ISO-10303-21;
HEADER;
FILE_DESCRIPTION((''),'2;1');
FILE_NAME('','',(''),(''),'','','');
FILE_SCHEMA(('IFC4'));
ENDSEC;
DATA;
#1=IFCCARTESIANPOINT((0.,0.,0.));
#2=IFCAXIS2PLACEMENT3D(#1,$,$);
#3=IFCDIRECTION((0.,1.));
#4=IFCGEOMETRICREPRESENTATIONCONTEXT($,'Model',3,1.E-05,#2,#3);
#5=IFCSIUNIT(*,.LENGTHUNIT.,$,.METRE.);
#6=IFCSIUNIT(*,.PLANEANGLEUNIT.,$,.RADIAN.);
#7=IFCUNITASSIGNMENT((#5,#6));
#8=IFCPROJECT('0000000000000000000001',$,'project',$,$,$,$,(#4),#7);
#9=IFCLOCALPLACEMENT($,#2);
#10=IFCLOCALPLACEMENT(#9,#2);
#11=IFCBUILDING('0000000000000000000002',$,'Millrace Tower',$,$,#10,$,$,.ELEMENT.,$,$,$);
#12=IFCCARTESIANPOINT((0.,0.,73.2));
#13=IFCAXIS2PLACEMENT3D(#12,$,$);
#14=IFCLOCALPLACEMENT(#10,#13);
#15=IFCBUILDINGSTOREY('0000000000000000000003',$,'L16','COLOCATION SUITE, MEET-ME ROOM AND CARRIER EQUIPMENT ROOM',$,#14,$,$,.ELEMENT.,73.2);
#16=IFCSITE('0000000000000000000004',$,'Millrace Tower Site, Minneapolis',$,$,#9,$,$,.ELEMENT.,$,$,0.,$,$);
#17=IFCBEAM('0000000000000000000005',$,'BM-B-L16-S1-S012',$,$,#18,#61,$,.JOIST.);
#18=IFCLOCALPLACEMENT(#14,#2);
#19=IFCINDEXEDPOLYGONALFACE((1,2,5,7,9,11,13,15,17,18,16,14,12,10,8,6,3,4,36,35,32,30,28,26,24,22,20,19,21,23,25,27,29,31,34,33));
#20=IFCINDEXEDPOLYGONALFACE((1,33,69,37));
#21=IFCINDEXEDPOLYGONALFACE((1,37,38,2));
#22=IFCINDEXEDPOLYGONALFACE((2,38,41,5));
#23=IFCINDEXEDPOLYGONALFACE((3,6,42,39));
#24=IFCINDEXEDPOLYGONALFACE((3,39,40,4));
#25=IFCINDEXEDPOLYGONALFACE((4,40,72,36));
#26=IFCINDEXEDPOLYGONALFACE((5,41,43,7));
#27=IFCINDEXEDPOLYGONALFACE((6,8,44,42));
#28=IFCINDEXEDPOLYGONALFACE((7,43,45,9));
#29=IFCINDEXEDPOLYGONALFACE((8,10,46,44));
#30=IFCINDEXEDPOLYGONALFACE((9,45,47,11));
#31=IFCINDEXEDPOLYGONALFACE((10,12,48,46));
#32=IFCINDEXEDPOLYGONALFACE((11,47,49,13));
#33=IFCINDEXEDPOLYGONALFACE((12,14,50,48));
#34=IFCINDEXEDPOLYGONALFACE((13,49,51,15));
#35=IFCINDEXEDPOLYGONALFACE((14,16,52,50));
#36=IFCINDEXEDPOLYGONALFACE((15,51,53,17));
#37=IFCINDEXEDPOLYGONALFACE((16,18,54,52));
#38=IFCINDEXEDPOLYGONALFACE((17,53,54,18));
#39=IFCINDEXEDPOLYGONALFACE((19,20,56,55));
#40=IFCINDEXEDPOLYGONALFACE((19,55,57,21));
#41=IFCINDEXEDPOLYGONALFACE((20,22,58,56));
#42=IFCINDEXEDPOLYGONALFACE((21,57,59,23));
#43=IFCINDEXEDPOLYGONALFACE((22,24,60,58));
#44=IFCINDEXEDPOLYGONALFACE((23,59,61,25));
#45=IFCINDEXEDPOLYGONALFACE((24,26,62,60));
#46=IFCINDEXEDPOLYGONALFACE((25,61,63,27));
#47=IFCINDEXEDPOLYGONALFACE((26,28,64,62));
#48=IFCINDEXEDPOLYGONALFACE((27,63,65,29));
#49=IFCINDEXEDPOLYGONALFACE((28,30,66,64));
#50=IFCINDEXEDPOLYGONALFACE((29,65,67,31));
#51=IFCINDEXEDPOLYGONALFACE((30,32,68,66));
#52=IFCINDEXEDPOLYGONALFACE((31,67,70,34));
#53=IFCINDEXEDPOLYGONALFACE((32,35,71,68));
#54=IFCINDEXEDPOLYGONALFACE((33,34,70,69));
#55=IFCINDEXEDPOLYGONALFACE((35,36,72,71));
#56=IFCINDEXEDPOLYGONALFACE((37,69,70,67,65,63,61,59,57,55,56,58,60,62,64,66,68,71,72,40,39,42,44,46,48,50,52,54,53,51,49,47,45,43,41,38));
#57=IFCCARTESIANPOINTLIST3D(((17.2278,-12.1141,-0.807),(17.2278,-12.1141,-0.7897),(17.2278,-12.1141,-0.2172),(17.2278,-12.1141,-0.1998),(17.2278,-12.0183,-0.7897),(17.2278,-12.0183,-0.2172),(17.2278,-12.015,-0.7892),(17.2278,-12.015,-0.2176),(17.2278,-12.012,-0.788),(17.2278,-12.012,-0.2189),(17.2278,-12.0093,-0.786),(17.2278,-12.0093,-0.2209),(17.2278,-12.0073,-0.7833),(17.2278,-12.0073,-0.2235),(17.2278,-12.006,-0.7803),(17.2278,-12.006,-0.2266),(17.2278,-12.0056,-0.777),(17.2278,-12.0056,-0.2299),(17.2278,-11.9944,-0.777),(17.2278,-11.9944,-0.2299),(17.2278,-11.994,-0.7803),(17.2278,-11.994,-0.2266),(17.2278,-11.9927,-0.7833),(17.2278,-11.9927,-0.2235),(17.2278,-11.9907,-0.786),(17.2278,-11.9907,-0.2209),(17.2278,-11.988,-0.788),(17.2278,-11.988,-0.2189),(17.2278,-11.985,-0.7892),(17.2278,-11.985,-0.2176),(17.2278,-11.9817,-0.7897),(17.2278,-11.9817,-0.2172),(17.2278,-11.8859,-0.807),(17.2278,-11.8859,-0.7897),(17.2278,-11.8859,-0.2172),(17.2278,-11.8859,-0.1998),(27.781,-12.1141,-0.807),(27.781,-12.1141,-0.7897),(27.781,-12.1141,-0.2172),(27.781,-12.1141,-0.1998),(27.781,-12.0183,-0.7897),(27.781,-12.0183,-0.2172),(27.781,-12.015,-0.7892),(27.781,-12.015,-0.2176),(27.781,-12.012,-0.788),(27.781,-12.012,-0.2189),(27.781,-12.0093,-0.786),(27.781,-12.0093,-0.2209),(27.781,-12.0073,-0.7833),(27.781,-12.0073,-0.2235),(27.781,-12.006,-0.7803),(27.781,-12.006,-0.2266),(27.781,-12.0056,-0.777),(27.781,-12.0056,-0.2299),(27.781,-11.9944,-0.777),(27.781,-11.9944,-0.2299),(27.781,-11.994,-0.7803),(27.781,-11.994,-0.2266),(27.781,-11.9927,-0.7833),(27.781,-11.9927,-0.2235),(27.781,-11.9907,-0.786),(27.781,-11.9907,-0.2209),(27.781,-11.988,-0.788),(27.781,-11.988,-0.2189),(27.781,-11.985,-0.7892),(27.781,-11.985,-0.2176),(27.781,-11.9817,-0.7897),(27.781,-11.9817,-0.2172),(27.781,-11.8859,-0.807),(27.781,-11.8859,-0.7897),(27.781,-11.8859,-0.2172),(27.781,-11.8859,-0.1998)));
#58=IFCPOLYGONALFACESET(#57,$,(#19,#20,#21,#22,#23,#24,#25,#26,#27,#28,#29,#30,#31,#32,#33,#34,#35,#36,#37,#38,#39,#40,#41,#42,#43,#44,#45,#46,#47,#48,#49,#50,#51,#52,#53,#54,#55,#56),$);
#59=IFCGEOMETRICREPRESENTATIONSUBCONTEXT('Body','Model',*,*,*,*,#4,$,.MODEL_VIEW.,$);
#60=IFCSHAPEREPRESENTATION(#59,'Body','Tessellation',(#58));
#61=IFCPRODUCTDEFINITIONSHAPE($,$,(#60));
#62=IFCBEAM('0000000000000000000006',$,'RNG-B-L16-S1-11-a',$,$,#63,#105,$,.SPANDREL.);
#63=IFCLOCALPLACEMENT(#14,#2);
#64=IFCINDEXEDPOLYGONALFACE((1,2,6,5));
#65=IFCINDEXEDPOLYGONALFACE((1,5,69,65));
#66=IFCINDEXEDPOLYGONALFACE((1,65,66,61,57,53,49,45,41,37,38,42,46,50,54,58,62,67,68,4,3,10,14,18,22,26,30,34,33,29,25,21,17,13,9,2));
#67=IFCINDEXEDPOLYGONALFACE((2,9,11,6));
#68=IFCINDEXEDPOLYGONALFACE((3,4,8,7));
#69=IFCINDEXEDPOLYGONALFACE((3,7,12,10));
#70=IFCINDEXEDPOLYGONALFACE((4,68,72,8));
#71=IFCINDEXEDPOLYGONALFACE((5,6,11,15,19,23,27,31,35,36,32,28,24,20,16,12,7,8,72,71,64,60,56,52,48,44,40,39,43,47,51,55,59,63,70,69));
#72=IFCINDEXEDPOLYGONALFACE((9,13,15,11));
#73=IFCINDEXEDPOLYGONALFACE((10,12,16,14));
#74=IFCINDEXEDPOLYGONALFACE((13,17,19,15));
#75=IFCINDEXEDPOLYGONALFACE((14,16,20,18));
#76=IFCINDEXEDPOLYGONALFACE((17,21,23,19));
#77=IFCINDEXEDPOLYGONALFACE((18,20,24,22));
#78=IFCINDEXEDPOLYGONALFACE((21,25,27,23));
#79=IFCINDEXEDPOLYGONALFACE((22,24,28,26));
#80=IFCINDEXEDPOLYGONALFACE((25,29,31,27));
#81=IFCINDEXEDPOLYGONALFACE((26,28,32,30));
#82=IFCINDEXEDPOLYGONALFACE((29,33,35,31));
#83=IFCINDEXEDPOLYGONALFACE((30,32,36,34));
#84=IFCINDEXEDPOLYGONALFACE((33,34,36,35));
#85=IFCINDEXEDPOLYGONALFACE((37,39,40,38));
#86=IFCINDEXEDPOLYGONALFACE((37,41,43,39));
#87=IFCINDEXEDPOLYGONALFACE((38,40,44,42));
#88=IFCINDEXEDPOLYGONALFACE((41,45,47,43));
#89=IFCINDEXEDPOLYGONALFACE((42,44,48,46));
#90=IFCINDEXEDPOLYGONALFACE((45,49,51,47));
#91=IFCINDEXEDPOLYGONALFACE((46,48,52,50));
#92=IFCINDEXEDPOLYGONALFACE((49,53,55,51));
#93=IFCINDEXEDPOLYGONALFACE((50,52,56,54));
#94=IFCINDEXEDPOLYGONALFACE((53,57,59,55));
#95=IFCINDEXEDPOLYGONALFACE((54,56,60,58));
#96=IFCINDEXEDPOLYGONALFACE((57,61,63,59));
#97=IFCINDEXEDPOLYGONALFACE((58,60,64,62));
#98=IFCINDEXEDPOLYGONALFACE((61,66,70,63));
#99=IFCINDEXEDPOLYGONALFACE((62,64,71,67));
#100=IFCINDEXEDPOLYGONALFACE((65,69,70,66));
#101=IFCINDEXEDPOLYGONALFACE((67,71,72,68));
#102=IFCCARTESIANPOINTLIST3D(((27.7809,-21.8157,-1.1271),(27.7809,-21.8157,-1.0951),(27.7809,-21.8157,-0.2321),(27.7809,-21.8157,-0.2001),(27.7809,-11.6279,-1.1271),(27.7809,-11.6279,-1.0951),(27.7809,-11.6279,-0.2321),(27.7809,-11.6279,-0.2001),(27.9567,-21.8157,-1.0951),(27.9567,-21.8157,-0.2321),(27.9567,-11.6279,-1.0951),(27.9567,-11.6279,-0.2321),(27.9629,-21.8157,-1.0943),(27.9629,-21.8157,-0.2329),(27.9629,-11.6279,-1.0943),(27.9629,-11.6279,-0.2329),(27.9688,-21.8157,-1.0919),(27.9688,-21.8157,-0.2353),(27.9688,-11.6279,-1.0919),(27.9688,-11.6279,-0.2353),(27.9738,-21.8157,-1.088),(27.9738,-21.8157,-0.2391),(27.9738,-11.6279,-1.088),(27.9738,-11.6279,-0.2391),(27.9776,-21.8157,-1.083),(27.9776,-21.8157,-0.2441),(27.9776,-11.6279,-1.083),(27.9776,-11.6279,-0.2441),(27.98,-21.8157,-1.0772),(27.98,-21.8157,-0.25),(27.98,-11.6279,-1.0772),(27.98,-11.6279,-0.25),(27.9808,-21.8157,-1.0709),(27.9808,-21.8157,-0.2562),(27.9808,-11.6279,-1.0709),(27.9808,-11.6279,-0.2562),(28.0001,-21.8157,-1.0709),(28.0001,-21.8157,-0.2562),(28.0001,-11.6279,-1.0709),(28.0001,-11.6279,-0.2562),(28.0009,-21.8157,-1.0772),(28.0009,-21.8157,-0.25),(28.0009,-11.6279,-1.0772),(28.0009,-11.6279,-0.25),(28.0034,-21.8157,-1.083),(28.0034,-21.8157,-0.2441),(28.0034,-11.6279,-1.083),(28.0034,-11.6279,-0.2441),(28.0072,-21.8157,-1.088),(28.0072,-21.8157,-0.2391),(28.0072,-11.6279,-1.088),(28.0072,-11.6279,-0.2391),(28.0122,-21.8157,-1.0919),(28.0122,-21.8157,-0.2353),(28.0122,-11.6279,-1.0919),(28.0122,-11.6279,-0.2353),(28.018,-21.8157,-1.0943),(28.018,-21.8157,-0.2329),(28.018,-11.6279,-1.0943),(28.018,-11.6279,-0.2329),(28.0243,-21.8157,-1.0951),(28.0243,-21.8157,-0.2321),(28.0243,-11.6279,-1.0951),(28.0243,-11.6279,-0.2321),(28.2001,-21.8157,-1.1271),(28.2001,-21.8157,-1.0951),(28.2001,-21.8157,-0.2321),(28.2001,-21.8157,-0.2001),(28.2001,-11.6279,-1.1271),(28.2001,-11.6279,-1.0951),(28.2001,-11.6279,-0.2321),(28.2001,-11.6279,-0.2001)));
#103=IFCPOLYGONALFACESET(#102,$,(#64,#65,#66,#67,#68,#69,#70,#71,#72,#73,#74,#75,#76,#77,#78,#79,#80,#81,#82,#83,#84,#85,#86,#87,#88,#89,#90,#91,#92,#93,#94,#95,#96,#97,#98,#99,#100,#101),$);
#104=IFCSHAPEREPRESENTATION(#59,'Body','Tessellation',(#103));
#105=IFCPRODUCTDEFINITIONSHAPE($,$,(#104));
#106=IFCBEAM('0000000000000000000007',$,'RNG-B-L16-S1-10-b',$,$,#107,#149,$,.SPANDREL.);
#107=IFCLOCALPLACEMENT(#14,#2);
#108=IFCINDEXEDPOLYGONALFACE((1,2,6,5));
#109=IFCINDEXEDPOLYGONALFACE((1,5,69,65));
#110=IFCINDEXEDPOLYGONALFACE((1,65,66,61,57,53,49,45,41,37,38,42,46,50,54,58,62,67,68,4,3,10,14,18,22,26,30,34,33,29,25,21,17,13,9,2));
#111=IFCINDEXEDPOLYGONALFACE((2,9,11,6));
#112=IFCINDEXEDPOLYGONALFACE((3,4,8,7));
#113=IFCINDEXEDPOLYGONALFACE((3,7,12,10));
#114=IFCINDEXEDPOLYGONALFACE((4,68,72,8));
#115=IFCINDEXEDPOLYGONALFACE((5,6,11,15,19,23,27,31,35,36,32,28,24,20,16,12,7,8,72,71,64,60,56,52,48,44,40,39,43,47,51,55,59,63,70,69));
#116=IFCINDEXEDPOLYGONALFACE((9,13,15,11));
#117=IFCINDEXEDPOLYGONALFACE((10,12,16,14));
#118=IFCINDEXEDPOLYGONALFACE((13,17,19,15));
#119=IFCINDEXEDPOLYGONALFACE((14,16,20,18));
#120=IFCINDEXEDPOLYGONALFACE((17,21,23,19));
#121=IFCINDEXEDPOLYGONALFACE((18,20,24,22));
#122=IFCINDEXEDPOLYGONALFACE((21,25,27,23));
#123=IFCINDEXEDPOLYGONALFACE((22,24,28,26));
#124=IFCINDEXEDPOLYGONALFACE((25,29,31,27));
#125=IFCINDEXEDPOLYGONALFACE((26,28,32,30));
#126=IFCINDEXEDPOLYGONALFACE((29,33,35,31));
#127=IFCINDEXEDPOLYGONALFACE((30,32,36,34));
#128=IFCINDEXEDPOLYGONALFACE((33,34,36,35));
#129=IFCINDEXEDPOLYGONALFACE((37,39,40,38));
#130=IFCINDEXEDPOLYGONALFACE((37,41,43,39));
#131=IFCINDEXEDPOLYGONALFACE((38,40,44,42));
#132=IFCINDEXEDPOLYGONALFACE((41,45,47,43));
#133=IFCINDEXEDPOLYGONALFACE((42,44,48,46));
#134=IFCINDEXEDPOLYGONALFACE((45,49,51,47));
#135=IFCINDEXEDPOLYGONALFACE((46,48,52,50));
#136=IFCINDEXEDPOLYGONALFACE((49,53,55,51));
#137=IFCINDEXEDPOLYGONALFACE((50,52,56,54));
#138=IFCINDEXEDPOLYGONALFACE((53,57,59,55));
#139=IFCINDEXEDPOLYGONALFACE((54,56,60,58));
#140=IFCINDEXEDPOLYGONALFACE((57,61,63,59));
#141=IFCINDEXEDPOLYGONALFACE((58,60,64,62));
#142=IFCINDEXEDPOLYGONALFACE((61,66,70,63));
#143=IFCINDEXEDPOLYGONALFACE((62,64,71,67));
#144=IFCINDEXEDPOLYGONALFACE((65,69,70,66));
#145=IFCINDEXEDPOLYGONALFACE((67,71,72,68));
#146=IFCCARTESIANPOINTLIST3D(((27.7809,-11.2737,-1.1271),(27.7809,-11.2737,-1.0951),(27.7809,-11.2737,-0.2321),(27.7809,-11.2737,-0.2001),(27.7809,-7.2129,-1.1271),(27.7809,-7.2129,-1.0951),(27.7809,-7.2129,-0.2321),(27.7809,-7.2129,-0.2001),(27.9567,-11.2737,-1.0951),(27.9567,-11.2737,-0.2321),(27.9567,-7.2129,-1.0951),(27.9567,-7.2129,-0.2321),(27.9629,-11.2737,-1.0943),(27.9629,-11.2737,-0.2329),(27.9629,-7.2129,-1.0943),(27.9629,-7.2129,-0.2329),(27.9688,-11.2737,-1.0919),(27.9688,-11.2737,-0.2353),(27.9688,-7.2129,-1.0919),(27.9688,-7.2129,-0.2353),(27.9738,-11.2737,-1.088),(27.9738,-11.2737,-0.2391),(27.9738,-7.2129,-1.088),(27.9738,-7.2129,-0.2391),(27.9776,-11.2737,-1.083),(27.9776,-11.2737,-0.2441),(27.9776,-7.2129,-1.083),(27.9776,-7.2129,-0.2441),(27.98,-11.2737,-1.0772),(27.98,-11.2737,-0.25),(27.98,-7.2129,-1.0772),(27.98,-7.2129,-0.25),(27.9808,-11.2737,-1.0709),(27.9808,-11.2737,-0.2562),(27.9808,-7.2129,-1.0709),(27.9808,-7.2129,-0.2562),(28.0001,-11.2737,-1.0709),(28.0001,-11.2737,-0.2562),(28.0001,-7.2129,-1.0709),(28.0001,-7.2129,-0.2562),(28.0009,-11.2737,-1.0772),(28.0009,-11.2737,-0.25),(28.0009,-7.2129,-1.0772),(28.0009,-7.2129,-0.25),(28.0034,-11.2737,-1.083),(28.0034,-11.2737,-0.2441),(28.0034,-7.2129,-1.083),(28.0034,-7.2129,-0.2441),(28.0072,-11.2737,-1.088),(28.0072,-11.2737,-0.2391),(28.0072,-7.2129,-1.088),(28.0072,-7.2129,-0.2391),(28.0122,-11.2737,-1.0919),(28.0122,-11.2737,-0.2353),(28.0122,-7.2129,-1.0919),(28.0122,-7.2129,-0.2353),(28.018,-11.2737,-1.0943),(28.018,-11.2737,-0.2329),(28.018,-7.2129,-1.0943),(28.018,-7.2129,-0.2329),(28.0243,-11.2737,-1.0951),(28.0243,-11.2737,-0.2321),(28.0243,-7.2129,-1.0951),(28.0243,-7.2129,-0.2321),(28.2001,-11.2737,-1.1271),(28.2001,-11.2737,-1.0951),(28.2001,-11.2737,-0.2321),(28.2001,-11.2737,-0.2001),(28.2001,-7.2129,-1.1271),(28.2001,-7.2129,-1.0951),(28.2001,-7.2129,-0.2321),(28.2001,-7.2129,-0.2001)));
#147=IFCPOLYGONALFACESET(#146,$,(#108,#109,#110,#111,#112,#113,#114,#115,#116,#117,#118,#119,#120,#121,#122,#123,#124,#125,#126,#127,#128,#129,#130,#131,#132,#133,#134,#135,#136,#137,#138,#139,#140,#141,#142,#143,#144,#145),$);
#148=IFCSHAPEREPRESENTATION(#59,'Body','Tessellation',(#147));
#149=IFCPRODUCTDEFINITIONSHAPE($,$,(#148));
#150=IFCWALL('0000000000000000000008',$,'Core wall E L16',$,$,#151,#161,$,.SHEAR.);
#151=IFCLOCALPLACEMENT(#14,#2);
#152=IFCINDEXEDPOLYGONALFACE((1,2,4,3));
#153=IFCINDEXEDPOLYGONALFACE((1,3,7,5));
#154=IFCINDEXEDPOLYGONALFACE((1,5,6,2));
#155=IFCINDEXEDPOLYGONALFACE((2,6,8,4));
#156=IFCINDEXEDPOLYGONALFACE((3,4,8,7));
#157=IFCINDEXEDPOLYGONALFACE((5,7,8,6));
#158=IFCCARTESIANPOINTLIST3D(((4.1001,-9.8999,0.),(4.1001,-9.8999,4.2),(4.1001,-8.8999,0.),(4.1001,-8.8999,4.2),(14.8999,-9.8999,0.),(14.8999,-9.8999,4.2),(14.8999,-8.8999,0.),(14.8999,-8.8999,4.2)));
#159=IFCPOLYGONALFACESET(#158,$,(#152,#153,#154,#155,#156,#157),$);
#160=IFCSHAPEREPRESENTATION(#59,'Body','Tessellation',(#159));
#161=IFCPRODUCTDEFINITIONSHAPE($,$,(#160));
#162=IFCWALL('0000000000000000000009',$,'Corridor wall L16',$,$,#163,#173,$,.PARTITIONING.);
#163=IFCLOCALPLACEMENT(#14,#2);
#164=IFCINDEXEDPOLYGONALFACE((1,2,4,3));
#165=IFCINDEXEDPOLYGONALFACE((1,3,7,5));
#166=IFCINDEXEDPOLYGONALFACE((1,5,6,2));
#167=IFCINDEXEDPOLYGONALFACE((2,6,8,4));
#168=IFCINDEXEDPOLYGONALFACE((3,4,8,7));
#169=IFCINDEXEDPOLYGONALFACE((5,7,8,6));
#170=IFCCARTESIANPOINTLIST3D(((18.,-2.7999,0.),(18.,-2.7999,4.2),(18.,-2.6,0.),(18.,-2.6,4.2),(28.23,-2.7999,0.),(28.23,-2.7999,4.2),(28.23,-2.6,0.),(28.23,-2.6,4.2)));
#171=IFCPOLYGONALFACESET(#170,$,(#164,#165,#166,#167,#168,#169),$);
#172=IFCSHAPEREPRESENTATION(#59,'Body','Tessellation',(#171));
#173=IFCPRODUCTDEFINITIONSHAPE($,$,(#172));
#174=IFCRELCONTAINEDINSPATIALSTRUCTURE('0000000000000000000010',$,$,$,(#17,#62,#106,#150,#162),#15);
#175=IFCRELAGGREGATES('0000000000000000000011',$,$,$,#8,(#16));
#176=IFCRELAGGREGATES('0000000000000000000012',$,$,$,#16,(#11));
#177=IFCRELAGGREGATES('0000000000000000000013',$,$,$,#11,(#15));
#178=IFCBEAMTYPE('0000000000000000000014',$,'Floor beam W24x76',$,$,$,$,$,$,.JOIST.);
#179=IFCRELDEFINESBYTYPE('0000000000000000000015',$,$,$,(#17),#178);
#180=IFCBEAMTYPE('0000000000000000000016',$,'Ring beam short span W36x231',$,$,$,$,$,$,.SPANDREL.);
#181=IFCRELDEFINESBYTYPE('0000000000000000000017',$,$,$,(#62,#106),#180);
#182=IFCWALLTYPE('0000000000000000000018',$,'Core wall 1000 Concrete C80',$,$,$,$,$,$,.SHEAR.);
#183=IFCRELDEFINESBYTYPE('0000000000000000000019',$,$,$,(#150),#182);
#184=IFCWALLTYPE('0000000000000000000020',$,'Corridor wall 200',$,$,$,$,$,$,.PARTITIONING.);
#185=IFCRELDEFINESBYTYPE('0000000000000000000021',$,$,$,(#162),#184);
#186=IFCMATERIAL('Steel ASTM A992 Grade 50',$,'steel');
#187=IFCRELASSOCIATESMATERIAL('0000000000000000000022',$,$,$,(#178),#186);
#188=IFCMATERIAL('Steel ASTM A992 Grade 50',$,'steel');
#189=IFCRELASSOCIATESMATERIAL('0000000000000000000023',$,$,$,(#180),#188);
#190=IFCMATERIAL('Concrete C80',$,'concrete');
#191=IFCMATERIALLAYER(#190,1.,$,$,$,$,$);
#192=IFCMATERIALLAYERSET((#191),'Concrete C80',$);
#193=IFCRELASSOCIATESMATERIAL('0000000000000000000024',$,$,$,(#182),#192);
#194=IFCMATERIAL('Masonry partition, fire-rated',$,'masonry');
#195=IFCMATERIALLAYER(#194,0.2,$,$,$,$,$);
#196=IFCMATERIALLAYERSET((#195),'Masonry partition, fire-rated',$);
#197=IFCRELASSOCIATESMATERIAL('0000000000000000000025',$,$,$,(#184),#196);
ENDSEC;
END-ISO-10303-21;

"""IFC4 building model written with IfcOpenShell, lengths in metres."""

from ifc_helpers import new_model, si_unit, direction, frame, frame_2d, origin, origin_2d, place, context, subcontext, project, spatial, rectangle, i_section, extrude, material, layer, layer_set, material_profile, profile_set, type_object, element, save


model = new_model("IFC4")

# Units and contexts
model_context = context("Model", 3, precision=1e-05, world=origin(), true_north=direction((0.0, 1.0)))
body_context = subcontext(model_context, "Body", "Model", "MODEL_VIEW")
ifc_project = project(units=[si_unit("LENGTHUNIT", "METRE"), si_unit("PLANEANGLEUNIT", "RADIAN")], contexts=[model_context])

# Site, building, storey
site_placement = place(None, origin())
site = spatial("IfcSite", under=ifc_project, at=site_placement, Name="Millrace Tower Site, Minneapolis", CompositionType="ELEMENT", RefElevation=0.0)
building_placement = place(site_placement, origin())
building = spatial("IfcBuilding", under=site, at=building_placement, Name="Millrace Tower", CompositionType="ELEMENT")
storey_placement = place(building_placement, frame((0.0, 0.0, 73.2)))
storey = spatial("IfcBuildingStorey", under=building, at=storey_placement, Name="L16", Description="COLOCATION SUITE, MEET-ME ROOM AND CARRIER EQUIPMENT ROOM", CompositionType="ELEMENT", Elevation=73.2)

# Beams
ifc_material_1 = material(Name="Steel ASTM A992 Grade 50", Category="steel")
ifc_material_profile_1 = material_profile(ifc_material_1, i_section(OverallWidth=0.2283, OverallDepth=0.6072, WebThickness=0.0112, FlangeThickness=0.0173, FilletRadius=0.0127, at=origin_2d()))
ifc_profile_set_1 = profile_set([ifc_material_profile_1], Name="Steel ASTM A992 Grade 50")
beam_type_1 = type_object("IfcBeamType", Name="Floor beam W24x76", PredefinedType="JOIST", material=ifc_profile_set_1)
beam_1_placement = place(storey_placement, frame((17.2278, -12.0, -0.5034), z_axis=(1.0, 0.0, 0.0), x_axis=(0.0, 1.0, 0.0)))
element("IfcBeam", 1, at=beam_1_placement, inside=storey, type_object=beam_type_1, Name="BM-B-L16-S1-S012", PredefinedType="JOIST", context=body_context, shape_type="SweptSolid", body=[
    extrude(i_section(OverallWidth=0.2283, OverallDepth=0.6072, WebThickness=0.0112, FlangeThickness=0.0173, FilletRadius=0.0127, at=origin_2d()), origin(), (0.0, 0.0, 1.0), 10.5532),
])
ifc_material_2 = material(Name="Steel ASTM A992 Grade 50", Category="steel")
ifc_material_profile_2 = material_profile(ifc_material_2, i_section(OverallWidth=0.4192, OverallDepth=0.927, WebThickness=0.0193, FlangeThickness=0.032, FilletRadius=0.0242, at=origin_2d()))
ifc_profile_set_2 = profile_set([ifc_material_profile_2], Name="Steel ASTM A992 Grade 50")
beam_type_2 = type_object("IfcBeamType", Name="Ring beam short span W36x231", PredefinedType="SPANDREL", material=ifc_profile_set_2)
beam_2_placement = place(storey_placement, frame((27.9905, -11.6279, -0.6636), z_axis=(0.0, -1.0, 0.0), x_axis=(1.0, 0.0, 0.0)))
element("IfcBeam", 2, at=beam_2_placement, inside=storey, type_object=beam_type_2, Name="RNG-B-L16-S1-11-a", PredefinedType="SPANDREL", context=body_context, shape_type="SweptSolid", body=[
    extrude(i_section(OverallWidth=0.4192, OverallDepth=0.927, WebThickness=0.0193, FlangeThickness=0.032, FilletRadius=0.0242, at=origin_2d()), origin(), (0.0, 0.0, 1.0), 10.1877),
])
beam_3_placement = place(storey_placement, frame((27.9905, -7.2129, -0.6636), z_axis=(0.0, -1.0, 0.0), x_axis=(1.0, 0.0, 0.0)))
element("IfcBeam", 3, at=beam_3_placement, inside=storey, type_object=beam_type_2, Name="RNG-B-L16-S1-10-b", PredefinedType="SPANDREL", context=body_context, shape_type="SweptSolid", body=[
    extrude(i_section(OverallWidth=0.4192, OverallDepth=0.927, WebThickness=0.0193, FlangeThickness=0.032, FilletRadius=0.0242, at=origin_2d()), origin(), (0.0, 0.0, 1.0), 4.0608),
])

# Walls
ifc_material_3 = material(Name="Concrete C80", Category="concrete")
ifc_layer_1 = layer(ifc_material_3, 1.0)
ifc_layer_set_1 = layer_set([ifc_layer_1], Name="Concrete C80")
wall_type_1 = type_object("IfcWallType", Name="Core wall 1000 Concrete C80", PredefinedType="SHEAR", material=ifc_layer_set_1)
wall_1_placement = place(storey_placement, frame((14.8999, -9.3999, 0.0), z_axis=(0.0, 0.0, 1.0), x_axis=(-1.0, 0.0, 0.0)))
element("IfcWall", 4, at=wall_1_placement, inside=storey, type_object=wall_type_1, Name="Core wall E L16", PredefinedType="SHEAR", context=body_context, shape_type="SweptSolid", body=[
    extrude(rectangle(XDim=10.7998, YDim=1.0, at=frame_2d((5.3999, 0.0))), origin(), (0.0, 0.0, 1.0), 4.2),
])
ifc_material_4 = material(Name="Masonry partition, fire-rated", Category="masonry")
ifc_layer_2 = layer(ifc_material_4, 0.2)
ifc_layer_set_2 = layer_set([ifc_layer_2], Name="Masonry partition, fire-rated")
wall_type_2 = type_object("IfcWallType", Name="Corridor wall 200", PredefinedType="PARTITIONING", material=ifc_layer_set_2)
wall_2_placement = place(storey_placement, frame((18.0, -2.7, 0.0), z_axis=(0.0, 0.0, 1.0), x_axis=(1.0, 0.0, 0.0)))
element("IfcWall", 5, at=wall_2_placement, inside=storey, type_object=wall_type_2, Name="Corridor wall L16", PredefinedType="PARTITIONING", context=body_context, shape_type="SweptSolid", body=[
    extrude(rectangle(XDim=10.23, YDim=0.2, at=frame_2d((5.115, 0.0))), origin(), (0.0, 0.0, 1.0), 4.2),
])

save(model, "model.ifc")
